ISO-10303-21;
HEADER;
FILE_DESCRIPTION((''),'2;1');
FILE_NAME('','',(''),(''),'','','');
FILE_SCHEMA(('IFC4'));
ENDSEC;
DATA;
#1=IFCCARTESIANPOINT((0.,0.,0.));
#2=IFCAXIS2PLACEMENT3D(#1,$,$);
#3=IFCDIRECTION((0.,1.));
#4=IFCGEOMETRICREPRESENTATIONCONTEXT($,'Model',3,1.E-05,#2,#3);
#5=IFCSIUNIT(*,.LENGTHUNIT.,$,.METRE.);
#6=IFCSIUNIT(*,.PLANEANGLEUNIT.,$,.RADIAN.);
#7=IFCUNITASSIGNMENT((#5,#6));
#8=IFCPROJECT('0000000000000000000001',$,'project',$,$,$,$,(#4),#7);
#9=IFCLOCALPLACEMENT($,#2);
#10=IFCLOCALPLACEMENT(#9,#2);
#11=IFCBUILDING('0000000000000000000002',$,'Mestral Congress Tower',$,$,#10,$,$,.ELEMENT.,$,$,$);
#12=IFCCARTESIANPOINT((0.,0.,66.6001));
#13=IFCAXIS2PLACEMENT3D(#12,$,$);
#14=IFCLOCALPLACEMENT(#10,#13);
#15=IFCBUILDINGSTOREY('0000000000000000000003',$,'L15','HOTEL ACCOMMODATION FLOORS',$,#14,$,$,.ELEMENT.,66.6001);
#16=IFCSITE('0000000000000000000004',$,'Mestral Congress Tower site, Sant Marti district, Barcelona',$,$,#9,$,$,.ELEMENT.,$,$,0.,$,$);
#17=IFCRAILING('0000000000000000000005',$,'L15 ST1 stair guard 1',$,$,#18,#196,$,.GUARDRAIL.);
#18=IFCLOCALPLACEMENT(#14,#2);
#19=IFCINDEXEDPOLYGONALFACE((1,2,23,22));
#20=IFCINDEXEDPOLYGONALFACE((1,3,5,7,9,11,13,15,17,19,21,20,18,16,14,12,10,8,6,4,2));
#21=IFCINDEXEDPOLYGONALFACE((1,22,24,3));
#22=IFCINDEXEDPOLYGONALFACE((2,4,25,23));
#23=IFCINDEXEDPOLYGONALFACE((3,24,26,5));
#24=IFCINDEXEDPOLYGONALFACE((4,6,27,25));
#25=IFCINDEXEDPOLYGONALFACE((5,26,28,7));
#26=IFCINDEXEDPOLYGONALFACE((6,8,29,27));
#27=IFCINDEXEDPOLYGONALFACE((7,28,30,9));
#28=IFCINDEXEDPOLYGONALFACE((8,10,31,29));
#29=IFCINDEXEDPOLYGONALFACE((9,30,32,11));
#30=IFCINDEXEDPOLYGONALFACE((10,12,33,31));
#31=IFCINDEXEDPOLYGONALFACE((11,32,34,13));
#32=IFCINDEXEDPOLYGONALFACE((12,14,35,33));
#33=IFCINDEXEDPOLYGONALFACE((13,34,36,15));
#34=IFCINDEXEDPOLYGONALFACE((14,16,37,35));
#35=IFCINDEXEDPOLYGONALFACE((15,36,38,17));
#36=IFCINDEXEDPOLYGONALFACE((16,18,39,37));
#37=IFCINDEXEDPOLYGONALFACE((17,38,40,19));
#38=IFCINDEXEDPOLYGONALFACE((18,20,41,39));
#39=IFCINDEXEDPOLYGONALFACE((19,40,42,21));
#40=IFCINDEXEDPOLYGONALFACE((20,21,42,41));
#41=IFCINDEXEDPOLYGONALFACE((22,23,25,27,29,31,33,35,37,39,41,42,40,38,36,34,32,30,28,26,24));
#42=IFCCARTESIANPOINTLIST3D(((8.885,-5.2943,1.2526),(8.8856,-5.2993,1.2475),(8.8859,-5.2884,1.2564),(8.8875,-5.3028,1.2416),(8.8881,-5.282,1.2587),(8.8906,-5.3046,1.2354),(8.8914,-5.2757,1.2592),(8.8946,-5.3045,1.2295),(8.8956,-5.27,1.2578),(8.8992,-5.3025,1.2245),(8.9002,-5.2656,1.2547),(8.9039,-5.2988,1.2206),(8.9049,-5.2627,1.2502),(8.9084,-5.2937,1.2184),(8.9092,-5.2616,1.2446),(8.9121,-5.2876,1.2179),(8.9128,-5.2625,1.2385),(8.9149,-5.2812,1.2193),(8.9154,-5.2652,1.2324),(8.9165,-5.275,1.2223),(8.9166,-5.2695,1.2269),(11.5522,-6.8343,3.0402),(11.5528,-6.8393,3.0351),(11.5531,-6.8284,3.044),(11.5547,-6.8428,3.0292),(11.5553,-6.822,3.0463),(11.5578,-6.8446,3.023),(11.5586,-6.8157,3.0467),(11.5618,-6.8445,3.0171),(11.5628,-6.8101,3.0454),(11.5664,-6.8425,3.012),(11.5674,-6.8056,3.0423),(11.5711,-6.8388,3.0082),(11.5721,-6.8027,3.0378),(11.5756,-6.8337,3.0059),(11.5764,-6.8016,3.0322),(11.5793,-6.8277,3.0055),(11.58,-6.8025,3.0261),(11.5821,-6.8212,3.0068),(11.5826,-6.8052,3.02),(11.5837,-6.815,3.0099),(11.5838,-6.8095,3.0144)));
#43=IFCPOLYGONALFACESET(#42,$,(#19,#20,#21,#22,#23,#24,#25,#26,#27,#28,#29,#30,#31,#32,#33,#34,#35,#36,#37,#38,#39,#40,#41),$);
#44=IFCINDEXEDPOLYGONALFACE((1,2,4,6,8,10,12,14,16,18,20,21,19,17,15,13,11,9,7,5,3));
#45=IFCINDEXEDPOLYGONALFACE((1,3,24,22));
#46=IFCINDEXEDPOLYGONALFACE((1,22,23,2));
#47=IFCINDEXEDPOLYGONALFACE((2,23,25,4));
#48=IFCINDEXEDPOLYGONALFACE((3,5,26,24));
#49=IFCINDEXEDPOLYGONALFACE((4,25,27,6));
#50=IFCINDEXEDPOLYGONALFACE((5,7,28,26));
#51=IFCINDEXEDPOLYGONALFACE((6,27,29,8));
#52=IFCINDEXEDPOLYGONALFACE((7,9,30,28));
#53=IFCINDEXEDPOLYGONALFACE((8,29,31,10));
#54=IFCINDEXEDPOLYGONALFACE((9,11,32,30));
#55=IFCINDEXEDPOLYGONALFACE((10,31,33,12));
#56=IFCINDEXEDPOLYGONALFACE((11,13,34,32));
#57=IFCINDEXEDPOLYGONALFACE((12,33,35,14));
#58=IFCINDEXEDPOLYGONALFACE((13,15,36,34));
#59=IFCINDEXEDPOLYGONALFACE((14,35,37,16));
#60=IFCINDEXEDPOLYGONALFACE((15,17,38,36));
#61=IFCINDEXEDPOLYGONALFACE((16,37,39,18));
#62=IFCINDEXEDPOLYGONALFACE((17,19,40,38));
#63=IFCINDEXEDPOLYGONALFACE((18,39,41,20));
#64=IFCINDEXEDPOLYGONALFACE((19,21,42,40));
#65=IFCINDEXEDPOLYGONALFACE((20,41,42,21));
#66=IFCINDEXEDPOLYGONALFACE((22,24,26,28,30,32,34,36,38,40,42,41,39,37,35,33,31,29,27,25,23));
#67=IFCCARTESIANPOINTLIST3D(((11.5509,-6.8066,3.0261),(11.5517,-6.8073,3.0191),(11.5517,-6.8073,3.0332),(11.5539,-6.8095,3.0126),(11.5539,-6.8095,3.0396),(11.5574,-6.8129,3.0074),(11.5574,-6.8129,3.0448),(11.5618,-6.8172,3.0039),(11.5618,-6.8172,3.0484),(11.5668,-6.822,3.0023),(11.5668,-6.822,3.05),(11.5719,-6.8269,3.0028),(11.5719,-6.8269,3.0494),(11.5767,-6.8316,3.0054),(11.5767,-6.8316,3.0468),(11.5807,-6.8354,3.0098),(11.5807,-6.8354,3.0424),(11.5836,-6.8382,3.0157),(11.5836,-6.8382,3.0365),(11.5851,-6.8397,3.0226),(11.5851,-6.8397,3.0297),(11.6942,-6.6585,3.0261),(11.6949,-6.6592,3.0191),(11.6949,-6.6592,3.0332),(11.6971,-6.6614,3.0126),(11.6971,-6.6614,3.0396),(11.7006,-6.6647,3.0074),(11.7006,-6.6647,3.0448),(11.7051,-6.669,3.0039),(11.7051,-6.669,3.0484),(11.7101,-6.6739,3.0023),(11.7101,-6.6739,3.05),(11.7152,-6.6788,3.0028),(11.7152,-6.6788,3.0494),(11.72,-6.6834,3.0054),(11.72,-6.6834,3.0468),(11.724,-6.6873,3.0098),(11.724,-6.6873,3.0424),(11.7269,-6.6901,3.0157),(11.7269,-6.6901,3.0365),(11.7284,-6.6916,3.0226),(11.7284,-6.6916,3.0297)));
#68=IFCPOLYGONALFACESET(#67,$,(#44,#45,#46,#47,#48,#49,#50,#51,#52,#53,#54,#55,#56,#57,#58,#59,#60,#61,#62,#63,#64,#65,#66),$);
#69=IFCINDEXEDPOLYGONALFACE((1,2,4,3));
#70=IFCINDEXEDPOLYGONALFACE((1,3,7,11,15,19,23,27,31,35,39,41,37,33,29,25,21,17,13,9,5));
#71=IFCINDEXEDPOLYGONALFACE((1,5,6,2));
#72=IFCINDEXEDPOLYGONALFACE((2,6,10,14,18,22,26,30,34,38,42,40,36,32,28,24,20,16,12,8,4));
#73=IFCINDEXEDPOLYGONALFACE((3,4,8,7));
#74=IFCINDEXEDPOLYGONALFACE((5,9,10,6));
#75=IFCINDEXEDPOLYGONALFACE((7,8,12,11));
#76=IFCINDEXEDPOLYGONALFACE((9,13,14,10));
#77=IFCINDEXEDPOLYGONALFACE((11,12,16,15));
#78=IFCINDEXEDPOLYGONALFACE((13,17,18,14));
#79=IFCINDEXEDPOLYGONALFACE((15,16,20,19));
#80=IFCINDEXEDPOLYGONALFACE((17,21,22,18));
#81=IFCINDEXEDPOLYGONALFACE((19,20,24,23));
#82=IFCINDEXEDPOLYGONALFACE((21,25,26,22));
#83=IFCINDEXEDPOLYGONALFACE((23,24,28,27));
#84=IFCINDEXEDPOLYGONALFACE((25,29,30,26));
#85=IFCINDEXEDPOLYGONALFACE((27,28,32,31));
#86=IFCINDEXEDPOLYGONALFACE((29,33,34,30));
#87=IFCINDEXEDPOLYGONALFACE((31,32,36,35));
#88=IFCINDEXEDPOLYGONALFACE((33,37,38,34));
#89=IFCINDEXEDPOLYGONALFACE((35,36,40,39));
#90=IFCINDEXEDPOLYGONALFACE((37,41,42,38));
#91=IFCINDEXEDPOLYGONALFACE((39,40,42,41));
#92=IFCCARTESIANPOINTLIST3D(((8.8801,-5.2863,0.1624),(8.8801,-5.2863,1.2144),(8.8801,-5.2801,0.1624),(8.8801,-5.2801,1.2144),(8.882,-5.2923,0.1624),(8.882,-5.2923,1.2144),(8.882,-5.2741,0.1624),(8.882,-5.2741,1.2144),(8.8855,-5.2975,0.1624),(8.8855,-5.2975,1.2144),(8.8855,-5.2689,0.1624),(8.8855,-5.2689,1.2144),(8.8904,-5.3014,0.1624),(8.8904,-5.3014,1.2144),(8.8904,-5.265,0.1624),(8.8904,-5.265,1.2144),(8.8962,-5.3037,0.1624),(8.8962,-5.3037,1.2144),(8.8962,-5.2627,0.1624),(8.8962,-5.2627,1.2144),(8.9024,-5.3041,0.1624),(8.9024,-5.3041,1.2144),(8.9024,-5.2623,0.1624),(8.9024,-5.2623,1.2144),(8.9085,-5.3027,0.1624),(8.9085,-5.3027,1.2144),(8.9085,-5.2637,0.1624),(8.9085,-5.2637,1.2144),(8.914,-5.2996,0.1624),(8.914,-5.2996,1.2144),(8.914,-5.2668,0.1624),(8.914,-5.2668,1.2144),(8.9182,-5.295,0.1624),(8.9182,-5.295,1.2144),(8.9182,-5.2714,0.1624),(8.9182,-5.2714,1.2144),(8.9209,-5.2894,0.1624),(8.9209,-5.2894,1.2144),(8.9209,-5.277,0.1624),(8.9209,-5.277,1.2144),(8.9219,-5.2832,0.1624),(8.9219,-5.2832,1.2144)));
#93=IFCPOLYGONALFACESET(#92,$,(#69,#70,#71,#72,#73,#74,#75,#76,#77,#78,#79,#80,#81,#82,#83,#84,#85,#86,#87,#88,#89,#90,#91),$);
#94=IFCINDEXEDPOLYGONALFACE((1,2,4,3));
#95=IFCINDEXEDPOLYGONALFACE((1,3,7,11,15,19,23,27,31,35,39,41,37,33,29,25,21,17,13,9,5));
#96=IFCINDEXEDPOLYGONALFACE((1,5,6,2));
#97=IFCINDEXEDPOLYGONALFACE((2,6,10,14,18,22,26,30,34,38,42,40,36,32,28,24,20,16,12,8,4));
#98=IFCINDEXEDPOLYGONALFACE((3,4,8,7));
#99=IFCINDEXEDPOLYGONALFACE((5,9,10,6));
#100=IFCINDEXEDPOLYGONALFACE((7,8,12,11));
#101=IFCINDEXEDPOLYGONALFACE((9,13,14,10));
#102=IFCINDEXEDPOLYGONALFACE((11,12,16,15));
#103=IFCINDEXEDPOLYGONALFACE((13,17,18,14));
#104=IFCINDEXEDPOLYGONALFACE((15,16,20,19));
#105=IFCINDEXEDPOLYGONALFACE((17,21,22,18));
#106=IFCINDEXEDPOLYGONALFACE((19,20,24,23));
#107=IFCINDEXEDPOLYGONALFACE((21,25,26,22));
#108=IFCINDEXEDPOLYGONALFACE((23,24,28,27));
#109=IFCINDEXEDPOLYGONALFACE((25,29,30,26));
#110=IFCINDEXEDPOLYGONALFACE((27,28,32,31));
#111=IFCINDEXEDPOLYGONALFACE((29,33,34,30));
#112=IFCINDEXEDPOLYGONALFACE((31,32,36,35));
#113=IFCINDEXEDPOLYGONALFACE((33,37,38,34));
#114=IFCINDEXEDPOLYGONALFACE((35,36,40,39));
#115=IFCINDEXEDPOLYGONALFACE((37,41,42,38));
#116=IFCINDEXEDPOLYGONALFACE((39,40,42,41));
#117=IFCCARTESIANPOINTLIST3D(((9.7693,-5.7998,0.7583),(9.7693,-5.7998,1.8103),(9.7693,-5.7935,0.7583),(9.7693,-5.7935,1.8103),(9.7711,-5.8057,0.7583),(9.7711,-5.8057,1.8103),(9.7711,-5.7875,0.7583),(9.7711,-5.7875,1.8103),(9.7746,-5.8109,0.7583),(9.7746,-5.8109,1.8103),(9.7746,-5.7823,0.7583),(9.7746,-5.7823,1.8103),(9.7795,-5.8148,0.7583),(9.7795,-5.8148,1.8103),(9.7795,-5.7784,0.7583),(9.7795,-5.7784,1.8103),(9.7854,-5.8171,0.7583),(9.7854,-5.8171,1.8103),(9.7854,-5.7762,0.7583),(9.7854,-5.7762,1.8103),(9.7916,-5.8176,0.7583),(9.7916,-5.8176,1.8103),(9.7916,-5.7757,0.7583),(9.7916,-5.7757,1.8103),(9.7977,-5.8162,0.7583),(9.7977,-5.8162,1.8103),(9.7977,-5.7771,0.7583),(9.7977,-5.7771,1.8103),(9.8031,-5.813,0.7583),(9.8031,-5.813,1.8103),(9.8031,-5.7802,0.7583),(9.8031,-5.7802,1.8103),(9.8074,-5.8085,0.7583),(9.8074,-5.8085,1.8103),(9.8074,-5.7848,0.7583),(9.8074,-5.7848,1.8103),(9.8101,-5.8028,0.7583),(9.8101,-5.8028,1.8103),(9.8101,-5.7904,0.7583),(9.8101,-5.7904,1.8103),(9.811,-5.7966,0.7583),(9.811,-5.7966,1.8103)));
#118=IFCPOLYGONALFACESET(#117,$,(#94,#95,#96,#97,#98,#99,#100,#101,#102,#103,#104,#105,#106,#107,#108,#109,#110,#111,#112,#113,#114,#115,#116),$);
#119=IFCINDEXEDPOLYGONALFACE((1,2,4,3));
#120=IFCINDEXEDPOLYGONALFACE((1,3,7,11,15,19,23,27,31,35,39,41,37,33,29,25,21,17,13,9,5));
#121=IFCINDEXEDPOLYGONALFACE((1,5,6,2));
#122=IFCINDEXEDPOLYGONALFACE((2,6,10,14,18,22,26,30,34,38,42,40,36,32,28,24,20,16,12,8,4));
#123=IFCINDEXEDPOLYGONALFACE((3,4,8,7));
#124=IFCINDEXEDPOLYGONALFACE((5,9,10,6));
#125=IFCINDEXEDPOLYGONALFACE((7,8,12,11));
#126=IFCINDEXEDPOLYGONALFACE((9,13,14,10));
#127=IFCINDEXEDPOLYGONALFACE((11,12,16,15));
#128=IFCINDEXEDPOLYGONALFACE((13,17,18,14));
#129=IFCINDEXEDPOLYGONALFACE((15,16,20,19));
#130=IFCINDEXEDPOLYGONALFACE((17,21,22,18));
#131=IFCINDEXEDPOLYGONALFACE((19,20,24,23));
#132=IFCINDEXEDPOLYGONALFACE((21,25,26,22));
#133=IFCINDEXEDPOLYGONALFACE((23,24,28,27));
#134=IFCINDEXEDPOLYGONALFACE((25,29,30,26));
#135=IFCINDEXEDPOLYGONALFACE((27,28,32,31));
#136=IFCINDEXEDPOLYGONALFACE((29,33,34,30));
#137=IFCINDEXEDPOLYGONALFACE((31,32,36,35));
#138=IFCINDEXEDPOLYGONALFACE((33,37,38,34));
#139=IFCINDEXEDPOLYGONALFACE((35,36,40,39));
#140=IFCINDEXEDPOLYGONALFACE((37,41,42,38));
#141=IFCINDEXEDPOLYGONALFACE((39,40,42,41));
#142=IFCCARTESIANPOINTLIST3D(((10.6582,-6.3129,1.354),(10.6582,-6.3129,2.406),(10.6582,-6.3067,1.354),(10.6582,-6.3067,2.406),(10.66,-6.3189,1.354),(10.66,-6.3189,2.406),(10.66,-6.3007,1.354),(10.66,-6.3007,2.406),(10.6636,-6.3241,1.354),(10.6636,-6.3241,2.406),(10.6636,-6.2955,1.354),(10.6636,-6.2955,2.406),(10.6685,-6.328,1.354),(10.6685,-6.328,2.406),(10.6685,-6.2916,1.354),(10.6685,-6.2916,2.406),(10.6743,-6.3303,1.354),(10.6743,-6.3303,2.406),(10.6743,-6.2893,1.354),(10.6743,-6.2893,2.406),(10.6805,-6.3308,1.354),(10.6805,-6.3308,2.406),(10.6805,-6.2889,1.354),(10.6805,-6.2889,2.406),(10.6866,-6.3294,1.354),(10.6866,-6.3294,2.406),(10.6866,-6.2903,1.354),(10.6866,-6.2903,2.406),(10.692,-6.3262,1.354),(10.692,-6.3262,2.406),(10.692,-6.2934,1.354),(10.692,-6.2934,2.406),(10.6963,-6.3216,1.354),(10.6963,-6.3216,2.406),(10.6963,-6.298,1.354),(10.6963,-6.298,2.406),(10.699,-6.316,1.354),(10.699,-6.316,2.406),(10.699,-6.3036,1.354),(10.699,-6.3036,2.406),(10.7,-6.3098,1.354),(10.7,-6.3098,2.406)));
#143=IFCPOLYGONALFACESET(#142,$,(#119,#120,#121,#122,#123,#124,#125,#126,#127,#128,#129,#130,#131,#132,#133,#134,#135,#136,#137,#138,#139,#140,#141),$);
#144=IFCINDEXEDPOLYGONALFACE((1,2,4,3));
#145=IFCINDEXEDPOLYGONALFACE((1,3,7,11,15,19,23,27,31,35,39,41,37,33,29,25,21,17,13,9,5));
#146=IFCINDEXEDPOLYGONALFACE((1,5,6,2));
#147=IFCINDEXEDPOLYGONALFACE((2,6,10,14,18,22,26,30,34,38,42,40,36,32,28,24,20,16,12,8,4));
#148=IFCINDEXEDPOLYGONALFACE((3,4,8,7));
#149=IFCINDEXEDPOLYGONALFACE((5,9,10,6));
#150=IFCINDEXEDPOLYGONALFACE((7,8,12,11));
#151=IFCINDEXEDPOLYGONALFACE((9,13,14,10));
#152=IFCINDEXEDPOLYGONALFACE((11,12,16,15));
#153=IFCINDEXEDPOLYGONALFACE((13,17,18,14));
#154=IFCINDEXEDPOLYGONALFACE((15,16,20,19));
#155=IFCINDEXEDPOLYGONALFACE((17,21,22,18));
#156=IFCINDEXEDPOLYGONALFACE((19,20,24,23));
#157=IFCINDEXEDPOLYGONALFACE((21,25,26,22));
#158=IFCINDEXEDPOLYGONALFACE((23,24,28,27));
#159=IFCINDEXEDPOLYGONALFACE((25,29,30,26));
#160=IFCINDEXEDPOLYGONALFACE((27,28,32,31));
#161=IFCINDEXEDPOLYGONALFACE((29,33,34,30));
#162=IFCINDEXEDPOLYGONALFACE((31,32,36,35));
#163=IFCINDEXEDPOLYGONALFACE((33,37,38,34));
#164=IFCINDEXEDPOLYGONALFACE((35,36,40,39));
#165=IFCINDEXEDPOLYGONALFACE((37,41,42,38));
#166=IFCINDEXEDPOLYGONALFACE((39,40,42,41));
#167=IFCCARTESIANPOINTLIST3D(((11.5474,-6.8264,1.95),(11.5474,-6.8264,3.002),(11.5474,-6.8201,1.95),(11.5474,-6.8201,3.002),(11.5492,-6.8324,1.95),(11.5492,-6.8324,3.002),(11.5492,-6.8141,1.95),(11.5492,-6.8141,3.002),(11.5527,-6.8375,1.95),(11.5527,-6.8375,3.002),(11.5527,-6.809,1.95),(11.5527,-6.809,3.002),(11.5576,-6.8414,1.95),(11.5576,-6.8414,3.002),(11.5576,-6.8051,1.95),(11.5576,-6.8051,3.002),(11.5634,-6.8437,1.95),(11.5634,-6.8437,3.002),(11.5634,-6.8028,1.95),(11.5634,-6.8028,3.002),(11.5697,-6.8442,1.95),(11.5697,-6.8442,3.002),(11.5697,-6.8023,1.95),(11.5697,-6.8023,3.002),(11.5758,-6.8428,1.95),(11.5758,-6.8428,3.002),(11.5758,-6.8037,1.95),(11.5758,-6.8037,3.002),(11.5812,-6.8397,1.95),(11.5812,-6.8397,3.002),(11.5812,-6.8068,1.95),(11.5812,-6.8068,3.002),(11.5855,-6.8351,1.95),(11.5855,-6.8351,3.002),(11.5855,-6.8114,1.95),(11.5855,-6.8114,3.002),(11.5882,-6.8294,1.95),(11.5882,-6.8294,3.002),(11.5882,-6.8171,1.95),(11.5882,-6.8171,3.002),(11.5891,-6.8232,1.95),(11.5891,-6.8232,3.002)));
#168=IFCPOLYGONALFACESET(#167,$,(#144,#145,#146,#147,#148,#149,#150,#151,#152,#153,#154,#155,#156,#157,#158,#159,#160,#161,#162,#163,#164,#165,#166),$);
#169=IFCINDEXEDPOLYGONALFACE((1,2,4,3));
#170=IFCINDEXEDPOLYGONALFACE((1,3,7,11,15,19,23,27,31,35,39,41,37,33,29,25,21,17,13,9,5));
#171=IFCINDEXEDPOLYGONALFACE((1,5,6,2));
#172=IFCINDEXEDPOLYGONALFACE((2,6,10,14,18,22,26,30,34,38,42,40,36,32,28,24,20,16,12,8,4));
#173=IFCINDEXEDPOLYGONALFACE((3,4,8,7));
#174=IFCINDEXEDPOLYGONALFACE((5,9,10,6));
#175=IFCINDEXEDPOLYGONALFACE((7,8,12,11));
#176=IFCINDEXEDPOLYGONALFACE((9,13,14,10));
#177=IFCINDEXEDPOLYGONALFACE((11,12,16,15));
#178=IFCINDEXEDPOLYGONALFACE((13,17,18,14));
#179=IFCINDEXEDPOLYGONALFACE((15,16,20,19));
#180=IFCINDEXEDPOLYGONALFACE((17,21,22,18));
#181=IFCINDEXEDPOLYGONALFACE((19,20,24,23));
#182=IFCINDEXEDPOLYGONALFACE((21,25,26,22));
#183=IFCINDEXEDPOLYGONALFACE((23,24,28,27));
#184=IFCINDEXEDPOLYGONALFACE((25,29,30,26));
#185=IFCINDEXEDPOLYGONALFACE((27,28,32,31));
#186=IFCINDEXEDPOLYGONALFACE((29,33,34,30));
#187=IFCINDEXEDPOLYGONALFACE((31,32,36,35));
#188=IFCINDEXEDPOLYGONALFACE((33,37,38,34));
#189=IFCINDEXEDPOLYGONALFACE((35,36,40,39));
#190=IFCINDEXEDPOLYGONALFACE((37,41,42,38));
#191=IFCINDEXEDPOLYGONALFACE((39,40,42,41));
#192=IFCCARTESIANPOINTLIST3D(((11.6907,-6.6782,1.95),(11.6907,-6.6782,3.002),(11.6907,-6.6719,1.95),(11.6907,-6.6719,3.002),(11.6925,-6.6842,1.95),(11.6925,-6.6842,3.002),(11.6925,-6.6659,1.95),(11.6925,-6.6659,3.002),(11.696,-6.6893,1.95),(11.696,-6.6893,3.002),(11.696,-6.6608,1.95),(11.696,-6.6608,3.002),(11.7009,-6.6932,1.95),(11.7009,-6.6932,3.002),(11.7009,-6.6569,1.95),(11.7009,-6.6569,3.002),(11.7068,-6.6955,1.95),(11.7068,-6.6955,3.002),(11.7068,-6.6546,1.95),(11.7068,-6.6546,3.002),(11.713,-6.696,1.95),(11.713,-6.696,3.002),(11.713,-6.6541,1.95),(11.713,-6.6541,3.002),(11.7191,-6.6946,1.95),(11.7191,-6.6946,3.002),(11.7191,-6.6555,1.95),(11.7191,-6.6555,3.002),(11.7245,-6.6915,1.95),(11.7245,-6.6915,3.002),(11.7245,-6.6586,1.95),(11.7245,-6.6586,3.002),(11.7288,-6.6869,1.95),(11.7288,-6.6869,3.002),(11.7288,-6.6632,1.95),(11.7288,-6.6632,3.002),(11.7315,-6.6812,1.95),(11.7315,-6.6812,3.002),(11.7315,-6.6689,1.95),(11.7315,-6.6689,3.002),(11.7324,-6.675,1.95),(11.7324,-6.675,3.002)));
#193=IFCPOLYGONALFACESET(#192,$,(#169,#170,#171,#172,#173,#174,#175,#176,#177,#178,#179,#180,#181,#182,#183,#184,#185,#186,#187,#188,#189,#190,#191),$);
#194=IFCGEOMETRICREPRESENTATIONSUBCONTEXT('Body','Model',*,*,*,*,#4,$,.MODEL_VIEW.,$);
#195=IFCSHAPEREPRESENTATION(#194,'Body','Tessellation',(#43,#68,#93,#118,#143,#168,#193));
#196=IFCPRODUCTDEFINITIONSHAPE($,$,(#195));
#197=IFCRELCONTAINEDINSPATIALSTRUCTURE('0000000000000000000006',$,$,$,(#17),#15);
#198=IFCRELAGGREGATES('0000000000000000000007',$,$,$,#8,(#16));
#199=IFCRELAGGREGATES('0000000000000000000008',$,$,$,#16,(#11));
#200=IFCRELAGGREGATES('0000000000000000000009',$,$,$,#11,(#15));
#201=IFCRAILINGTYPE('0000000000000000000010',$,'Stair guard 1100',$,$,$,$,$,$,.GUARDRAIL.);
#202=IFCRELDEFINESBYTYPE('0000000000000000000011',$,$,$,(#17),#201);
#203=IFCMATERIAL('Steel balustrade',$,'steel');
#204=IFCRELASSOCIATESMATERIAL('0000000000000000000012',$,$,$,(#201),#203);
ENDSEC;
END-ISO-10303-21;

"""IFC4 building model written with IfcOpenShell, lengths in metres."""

from ifc_helpers import new_model, si_unit, direction, frame, origin, origin_2d, place, context, subcontext, project, spatial, circle, extrude, material, type_object, element, save


model = new_model("IFC4")

# Units and contexts
model_context = context("Model", 3, precision=1e-05, world=origin(), true_north=direction((0.0, 1.0)))
body_context = subcontext(model_context, "Body", "Model", "MODEL_VIEW")
ifc_project = project(units=[si_unit("LENGTHUNIT", "METRE"), si_unit("PLANEANGLEUNIT", "RADIAN")], contexts=[model_context])

# Site, building, storey
site_placement = place(None, origin())
site = spatial("IfcSite", under=ifc_project, at=site_placement, Name="Mestral Congress Tower site, Sant Marti district, Barcelona", CompositionType="ELEMENT", RefElevation=0.0)
building_placement = place(site_placement, origin())
building = spatial("IfcBuilding", under=site, at=building_placement, Name="Mestral Congress Tower", CompositionType="ELEMENT")
storey_placement = place(building_placement, frame((0.0, 0.0, 66.6001)))
storey = spatial("IfcBuildingStorey", under=building, at=storey_placement, Name="L15", Description="HOTEL ACCOMMODATION FLOORS", CompositionType="ELEMENT", Elevation=66.6001)

# Railing
ifc_material_1 = material(Name="Steel balustrade", Category="steel")
railing_type_1 = type_object("IfcRailingType", Name="Stair guard 1100", PredefinedType="GUARDRAIL", material=ifc_material_1)
railing_1_placement = place(storey_placement, frame((8.9009, -5.2832, 0.1624)))
element("IfcRailing", 1, at=railing_1_placement, inside=storey, type_object=railing_type_1, Name="L15 ST1 stair guard 1", PredefinedType="GUARDRAIL", context=body_context, shape_type="SweptSolid", body=[
    extrude(circle(Radius=0.0239, at=origin_2d()), frame((0.0, 0.0, 1.0762), z_axis=(0.748994, -0.432463, 0.50198), x_axis=(0.500027, 0.86601, 0.0)), (0.0, 0.0, 1.0), 3.561),
    extrude(circle(Radius=0.0239, at=origin_2d()), frame((2.6672, -1.54, 2.8638), z_axis=(0.695165, 0.71885, 0.0), x_axis=(-0.71885, 0.695165, 0.0)), (0.0, 0.0, 1.0), 0.2061),
    extrude(circle(Radius=0.021, at=origin_2d()), origin(), (0.0, 0.0, 1.0), 1.052),
    extrude(circle(Radius=0.021, at=origin_2d()), frame((0.8892, -0.5134, 0.5959)), (0.0, 0.0, 1.0), 1.052),
    extrude(circle(Radius=0.021, at=origin_2d()), frame((1.7781, -1.0266, 1.1917)), (0.0, 0.0, 1.0), 1.052),
    extrude(circle(Radius=0.021, at=origin_2d()), frame((2.6672, -1.54, 1.7876)), (0.0, 0.0, 1.0), 1.052),
    extrude(circle(Radius=0.021, at=origin_2d()), frame((2.8105, -1.3918, 1.7876)), (0.0, 0.0, 1.0), 1.052),
])

save(model, "model.ifc")
